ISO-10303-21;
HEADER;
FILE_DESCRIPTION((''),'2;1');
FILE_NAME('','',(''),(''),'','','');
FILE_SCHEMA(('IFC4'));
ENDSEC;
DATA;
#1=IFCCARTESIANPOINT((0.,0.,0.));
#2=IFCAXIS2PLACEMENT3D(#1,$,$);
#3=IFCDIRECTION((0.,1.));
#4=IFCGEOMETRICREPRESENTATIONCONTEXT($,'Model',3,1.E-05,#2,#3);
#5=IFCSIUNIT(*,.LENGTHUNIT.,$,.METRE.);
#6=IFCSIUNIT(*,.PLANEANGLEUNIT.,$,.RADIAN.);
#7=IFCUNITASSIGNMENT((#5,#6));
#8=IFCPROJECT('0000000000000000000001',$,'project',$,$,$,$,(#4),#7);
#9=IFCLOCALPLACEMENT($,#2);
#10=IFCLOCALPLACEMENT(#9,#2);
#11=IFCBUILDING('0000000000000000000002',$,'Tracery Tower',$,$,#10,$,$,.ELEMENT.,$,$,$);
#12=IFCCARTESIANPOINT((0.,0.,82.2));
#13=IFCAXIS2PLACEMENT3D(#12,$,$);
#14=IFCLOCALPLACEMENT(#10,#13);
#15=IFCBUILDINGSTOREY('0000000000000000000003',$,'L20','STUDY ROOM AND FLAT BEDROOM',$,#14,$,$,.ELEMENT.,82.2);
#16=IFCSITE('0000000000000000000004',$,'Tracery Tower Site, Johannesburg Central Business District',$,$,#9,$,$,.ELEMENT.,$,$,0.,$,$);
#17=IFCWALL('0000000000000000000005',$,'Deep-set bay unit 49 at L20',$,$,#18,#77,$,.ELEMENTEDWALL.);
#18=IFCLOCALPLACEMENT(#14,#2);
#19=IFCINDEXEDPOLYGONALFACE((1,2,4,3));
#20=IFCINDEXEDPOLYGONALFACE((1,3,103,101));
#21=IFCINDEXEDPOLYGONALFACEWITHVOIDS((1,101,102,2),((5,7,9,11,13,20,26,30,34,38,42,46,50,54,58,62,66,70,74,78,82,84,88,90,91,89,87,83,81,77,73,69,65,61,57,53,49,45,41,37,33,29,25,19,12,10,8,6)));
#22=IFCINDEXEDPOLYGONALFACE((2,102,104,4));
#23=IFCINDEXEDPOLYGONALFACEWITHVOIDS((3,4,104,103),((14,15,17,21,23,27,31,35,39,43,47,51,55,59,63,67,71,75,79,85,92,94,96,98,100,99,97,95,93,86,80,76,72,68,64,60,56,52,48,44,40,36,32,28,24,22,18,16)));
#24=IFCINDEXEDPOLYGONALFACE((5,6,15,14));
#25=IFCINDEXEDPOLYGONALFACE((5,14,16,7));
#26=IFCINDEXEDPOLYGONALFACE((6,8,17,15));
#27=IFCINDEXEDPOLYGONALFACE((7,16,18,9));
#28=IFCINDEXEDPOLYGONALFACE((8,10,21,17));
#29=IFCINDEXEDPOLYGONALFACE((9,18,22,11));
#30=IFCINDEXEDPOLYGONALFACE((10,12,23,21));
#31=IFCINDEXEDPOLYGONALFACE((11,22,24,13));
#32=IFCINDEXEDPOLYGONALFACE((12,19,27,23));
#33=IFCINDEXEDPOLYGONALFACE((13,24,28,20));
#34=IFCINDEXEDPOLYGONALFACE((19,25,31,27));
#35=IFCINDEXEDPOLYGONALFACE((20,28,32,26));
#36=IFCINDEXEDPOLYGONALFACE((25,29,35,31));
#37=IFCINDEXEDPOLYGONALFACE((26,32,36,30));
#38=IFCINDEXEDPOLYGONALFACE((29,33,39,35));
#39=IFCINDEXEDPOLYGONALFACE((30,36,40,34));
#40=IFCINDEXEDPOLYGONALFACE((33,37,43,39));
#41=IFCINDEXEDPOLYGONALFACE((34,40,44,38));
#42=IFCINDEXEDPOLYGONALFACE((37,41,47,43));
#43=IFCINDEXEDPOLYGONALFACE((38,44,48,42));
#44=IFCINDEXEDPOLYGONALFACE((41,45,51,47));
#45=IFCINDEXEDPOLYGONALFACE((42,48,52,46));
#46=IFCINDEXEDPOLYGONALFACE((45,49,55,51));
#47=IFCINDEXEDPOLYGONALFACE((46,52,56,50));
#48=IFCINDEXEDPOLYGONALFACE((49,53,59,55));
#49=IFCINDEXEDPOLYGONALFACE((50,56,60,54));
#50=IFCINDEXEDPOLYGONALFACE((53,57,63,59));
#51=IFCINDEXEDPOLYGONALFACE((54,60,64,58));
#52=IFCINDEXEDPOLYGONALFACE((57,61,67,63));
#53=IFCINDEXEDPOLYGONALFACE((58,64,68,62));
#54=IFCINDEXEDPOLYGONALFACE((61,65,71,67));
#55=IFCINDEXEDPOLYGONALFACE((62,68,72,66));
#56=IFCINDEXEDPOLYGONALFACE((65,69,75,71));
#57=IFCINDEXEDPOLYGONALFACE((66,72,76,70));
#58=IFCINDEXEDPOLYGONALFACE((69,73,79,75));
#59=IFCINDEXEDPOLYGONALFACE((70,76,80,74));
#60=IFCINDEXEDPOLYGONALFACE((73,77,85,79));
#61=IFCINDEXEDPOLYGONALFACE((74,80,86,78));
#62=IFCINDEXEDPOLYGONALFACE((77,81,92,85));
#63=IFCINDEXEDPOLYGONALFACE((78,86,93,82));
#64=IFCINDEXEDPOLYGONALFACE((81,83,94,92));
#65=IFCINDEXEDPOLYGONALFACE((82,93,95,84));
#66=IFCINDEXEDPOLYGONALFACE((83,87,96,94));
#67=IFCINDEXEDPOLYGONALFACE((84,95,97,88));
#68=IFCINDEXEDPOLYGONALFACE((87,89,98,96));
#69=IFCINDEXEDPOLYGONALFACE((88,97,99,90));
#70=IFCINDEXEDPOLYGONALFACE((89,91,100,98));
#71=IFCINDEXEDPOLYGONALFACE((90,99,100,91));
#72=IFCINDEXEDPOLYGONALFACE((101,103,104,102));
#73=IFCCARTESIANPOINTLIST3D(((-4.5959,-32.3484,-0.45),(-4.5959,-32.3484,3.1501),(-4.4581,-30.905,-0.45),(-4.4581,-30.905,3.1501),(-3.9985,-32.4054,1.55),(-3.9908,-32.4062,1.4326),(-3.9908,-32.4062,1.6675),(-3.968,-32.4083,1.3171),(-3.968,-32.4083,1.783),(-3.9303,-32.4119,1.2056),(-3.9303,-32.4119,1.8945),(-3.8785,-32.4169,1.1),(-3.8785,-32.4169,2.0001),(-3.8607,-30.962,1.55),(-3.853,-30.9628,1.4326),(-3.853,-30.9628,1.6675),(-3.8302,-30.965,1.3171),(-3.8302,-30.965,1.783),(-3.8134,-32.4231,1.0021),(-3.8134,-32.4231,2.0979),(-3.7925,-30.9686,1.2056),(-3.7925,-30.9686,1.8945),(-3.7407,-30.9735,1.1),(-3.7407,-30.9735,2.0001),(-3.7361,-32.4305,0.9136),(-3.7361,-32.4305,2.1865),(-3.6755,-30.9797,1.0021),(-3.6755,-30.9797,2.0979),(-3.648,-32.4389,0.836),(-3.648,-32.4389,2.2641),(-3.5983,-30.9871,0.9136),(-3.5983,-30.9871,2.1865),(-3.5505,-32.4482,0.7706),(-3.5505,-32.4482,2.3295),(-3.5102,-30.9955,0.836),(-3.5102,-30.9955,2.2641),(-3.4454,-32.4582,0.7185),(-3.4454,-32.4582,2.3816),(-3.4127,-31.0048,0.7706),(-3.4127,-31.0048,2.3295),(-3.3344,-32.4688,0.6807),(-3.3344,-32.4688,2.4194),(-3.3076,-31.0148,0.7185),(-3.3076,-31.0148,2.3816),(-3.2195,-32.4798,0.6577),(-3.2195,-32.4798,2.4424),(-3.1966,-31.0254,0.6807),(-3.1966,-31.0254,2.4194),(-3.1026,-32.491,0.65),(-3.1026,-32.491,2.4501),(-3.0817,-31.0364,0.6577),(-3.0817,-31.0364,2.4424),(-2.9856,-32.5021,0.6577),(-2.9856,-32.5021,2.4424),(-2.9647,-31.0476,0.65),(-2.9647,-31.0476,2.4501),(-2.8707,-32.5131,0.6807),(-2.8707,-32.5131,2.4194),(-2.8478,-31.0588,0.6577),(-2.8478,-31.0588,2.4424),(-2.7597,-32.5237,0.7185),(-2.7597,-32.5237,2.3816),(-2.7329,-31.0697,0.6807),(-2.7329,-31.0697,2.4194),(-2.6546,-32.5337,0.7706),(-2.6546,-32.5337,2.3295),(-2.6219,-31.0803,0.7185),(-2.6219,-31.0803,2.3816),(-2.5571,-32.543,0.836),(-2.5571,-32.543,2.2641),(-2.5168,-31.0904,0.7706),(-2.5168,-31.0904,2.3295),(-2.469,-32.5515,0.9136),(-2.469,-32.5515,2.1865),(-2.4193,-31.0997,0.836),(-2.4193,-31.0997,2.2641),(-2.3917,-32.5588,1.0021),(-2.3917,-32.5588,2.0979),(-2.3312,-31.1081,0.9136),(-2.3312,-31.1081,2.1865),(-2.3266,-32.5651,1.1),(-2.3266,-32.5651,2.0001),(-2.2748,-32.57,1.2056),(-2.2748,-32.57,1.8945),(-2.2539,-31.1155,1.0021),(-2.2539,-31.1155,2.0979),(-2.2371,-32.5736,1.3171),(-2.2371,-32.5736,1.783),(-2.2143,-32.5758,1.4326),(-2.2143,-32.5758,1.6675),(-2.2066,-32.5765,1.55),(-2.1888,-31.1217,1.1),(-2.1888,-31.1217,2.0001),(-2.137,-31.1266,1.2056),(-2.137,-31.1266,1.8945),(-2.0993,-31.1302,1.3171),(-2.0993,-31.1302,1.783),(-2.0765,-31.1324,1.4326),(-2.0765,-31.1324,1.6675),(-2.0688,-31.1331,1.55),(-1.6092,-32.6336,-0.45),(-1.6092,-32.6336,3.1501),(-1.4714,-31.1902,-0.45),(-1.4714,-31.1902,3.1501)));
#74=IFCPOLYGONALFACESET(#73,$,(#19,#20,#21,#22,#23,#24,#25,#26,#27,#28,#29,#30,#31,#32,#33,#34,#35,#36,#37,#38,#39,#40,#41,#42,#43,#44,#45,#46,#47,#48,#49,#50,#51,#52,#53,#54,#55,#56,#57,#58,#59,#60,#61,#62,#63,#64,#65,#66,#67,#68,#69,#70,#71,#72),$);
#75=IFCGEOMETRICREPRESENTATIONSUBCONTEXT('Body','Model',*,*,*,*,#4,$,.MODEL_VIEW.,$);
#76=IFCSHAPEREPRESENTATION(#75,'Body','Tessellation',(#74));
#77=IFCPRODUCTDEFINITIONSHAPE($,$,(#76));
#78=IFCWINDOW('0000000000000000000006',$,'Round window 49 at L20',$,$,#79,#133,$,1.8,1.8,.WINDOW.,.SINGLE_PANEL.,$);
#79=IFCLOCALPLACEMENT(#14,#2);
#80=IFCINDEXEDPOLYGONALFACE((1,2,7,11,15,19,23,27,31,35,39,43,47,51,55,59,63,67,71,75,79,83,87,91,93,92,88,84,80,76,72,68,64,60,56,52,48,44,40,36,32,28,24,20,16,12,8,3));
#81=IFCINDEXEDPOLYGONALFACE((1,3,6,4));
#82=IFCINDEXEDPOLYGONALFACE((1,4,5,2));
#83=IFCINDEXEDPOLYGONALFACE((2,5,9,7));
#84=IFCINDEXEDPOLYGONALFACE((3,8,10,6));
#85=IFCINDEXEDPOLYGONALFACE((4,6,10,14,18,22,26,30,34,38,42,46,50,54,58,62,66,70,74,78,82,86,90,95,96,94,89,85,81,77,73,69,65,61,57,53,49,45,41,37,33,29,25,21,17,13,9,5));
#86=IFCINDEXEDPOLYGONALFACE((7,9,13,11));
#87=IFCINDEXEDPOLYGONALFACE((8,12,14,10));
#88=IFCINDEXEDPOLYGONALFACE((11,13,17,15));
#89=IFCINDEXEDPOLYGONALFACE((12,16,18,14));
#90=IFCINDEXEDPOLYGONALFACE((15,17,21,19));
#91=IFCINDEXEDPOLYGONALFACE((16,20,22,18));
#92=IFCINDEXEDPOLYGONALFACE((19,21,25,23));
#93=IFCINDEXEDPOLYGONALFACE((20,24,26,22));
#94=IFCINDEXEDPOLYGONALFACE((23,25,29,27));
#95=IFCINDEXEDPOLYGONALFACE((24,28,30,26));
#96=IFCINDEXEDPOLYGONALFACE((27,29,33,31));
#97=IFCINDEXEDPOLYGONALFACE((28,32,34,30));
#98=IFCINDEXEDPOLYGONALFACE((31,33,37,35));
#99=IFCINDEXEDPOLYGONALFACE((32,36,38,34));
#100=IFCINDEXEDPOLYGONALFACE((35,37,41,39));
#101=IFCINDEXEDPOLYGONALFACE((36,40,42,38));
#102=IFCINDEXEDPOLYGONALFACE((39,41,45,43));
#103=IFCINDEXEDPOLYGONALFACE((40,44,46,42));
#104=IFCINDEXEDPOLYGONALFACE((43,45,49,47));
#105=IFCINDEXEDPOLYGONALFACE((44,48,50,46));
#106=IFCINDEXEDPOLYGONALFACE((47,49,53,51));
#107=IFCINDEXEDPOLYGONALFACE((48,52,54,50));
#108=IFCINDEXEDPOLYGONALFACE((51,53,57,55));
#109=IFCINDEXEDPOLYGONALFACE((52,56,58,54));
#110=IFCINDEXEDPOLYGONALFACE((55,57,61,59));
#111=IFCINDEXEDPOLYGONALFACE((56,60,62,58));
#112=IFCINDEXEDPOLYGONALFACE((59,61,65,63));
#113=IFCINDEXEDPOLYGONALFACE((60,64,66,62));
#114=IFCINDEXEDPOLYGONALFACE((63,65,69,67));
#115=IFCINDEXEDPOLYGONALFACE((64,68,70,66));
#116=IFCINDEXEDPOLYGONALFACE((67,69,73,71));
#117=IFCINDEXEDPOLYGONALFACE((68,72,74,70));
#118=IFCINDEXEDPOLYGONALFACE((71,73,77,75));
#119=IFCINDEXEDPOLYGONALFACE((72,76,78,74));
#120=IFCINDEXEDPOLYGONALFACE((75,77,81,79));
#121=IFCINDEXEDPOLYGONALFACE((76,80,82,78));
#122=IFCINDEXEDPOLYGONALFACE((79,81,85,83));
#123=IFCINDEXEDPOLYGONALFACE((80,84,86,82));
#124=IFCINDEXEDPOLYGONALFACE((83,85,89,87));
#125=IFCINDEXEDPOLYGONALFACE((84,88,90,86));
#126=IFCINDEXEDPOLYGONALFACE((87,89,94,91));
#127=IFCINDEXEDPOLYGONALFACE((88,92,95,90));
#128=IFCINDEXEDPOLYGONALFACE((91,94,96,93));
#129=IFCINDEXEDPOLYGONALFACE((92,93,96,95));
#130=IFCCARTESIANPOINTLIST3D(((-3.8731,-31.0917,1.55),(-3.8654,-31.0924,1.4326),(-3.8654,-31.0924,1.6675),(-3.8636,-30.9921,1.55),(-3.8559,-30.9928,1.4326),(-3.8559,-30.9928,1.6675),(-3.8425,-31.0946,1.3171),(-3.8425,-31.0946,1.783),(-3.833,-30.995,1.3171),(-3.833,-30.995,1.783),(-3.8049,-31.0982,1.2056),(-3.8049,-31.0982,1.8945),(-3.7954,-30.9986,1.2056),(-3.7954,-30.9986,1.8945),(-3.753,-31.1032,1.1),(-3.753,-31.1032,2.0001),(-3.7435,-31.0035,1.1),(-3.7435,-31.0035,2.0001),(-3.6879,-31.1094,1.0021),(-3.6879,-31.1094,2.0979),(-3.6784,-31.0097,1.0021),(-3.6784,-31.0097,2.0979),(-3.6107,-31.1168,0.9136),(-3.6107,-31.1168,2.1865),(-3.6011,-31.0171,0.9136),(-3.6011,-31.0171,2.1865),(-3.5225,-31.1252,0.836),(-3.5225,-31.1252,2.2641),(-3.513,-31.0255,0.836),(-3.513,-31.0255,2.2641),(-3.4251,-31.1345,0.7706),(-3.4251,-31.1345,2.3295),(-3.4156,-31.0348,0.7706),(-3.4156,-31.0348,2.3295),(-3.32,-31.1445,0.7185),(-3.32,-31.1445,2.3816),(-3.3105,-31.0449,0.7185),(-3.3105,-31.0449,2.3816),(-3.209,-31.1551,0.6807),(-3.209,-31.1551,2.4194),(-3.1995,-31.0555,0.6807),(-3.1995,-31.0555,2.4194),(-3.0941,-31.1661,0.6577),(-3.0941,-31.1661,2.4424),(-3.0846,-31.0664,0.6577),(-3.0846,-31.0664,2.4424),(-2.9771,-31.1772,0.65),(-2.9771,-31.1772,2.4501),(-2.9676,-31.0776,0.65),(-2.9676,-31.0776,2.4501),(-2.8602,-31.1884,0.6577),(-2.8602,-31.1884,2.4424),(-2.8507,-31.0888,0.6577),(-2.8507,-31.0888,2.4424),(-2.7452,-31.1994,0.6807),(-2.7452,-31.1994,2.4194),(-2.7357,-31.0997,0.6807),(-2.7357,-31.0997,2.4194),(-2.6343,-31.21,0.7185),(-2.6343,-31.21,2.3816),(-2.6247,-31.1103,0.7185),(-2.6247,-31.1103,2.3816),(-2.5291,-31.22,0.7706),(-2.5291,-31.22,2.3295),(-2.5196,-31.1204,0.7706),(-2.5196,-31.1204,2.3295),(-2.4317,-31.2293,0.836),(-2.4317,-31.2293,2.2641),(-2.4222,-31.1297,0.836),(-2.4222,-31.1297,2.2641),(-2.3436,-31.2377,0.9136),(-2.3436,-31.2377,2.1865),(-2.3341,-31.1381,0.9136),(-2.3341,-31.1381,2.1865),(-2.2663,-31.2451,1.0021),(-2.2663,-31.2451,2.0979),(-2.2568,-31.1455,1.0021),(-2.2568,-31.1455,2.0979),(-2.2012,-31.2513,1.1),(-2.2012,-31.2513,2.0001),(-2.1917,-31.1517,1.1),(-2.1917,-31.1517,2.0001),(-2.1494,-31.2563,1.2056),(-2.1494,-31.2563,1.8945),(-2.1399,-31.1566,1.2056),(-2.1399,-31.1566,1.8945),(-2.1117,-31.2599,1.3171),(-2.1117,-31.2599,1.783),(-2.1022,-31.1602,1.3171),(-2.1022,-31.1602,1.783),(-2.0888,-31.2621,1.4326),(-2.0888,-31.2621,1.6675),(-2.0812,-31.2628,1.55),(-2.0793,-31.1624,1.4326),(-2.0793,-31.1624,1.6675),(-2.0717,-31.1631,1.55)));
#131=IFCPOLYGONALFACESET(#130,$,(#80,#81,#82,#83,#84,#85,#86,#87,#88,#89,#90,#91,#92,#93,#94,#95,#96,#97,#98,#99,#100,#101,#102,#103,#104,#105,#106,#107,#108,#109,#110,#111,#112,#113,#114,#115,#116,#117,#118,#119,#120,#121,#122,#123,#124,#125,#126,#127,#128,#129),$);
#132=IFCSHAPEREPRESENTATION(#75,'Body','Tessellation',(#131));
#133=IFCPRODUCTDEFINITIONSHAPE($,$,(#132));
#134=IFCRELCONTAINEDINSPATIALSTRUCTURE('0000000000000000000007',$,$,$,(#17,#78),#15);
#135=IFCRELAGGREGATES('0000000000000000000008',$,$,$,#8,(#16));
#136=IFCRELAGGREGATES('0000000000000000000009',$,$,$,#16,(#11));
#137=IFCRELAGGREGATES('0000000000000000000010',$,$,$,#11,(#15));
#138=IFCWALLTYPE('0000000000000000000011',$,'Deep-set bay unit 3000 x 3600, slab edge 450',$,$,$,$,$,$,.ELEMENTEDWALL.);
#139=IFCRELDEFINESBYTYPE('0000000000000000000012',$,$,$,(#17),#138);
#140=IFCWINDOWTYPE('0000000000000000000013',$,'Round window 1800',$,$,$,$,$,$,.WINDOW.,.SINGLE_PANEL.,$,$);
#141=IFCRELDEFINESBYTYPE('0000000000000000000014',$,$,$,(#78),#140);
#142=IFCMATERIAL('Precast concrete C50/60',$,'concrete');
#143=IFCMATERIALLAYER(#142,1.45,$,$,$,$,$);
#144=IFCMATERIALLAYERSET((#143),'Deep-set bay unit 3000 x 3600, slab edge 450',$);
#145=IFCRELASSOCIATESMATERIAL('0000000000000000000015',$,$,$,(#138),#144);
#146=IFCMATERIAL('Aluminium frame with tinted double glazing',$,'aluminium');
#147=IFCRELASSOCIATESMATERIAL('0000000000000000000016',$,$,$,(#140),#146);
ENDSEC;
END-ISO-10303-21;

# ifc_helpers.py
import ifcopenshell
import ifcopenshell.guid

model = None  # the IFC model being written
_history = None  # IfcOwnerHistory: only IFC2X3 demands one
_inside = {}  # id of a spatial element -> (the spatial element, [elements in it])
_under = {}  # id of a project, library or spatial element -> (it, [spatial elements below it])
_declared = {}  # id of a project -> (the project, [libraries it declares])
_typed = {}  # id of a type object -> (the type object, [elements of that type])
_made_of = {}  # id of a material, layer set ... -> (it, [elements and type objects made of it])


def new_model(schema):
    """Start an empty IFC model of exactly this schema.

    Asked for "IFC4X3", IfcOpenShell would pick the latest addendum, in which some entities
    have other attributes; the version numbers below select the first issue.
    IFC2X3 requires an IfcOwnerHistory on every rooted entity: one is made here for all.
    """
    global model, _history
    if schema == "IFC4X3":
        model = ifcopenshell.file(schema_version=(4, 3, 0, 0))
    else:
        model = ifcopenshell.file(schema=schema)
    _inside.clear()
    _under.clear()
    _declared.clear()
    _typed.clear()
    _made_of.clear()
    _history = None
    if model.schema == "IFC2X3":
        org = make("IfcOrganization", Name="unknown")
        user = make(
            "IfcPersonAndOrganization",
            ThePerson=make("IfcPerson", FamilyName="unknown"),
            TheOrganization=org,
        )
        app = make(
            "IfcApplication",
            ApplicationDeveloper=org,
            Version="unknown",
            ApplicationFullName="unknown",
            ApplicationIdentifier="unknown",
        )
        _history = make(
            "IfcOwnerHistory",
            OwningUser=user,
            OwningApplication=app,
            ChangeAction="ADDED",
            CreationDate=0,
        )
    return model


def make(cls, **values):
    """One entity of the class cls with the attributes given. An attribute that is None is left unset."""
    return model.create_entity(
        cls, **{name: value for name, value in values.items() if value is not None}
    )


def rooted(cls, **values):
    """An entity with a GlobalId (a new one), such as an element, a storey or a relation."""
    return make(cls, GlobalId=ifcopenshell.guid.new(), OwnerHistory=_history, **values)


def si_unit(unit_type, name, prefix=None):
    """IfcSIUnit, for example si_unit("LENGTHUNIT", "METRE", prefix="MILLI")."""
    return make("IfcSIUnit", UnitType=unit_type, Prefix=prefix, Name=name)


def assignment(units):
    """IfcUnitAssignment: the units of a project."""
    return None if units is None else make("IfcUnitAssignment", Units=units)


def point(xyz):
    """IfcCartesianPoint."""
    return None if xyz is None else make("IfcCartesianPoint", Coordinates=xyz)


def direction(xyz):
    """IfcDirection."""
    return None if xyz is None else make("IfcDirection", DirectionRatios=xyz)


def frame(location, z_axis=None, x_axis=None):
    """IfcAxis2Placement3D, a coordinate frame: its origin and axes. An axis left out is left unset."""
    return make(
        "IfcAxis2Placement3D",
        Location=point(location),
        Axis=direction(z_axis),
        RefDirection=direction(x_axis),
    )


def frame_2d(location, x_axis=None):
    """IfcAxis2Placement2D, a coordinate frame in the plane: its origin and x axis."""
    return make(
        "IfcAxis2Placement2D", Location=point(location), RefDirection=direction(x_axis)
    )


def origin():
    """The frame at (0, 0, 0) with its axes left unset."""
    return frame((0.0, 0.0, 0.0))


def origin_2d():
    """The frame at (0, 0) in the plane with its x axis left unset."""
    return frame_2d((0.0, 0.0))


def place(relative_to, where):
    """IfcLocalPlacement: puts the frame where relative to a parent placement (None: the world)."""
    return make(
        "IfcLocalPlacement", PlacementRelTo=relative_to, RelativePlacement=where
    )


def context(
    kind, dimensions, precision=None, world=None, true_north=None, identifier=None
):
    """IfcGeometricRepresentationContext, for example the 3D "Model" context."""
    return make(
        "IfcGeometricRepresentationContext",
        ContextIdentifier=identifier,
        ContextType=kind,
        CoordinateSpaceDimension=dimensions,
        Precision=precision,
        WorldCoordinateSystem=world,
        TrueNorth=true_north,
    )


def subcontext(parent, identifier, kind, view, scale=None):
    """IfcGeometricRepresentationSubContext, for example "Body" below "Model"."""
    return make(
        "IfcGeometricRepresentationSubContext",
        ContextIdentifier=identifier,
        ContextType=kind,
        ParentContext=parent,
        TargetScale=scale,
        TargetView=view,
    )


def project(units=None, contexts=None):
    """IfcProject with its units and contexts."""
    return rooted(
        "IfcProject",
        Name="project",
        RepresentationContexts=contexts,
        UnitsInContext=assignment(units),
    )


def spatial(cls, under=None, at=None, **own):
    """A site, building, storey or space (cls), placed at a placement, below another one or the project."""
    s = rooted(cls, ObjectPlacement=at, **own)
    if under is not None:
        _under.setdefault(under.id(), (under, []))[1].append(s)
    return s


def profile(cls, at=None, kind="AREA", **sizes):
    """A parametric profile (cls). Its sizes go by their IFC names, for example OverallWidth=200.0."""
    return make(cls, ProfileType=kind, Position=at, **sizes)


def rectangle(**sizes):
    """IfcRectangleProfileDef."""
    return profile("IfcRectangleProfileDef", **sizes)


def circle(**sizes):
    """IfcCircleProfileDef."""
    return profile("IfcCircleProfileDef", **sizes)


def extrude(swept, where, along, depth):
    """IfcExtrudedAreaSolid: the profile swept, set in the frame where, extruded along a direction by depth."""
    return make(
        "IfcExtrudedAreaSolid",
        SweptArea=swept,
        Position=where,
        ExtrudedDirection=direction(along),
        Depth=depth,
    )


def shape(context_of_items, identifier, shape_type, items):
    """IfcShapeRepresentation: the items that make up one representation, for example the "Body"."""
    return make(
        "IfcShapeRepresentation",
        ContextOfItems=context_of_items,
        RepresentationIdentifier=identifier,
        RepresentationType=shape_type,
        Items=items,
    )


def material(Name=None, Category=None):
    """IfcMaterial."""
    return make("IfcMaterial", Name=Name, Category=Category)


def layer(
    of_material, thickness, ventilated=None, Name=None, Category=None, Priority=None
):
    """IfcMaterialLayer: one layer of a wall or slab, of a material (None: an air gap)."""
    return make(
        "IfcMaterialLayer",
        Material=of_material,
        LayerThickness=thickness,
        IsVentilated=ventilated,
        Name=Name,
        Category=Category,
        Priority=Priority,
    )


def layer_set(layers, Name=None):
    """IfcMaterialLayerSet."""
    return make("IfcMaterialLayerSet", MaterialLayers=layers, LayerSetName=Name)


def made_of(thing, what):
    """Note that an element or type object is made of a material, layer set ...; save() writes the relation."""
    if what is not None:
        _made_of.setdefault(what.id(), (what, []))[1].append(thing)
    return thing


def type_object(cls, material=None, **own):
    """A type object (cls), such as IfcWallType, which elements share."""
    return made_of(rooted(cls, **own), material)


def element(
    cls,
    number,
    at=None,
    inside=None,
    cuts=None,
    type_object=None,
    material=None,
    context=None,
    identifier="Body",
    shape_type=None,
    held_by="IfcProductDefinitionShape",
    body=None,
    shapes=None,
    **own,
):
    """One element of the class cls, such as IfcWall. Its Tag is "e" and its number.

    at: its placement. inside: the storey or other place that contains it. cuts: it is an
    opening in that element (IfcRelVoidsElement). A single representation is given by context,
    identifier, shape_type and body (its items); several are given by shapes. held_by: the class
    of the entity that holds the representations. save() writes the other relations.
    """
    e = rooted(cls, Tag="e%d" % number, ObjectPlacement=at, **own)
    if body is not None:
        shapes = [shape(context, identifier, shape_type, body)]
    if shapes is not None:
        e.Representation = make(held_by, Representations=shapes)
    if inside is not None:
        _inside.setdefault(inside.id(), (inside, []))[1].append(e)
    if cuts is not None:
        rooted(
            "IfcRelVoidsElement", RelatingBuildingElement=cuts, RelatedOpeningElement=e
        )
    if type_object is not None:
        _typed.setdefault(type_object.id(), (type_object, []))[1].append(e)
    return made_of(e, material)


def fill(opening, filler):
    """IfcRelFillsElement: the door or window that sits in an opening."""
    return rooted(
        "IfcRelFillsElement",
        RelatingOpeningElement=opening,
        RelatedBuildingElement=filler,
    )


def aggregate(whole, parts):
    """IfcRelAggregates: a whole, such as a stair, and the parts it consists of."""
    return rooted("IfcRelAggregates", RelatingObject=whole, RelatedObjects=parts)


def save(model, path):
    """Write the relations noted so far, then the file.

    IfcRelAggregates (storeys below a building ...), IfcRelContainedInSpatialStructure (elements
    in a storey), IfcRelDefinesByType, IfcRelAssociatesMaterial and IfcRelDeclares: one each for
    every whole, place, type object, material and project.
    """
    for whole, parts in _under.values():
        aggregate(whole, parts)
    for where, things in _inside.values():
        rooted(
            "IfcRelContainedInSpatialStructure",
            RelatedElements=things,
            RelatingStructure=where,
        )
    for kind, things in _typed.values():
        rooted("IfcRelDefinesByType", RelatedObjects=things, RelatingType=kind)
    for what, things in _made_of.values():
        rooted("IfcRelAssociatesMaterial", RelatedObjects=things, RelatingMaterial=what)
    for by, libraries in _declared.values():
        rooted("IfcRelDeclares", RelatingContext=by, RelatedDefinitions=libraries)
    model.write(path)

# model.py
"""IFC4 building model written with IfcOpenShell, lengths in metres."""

from ifc_helpers import new_model, si_unit, direction, frame, frame_2d, origin, origin_2d, place, context, subcontext, project, spatial, rectangle, circle, extrude, material, layer, layer_set, type_object, element, fill, save


model = new_model("IFC4")

# Units and contexts
model_context = context("Model", 3, precision=1e-05, world=origin(), true_north=direction((0.0, 1.0)))
body_context = subcontext(model_context, "Body", "Model", "MODEL_VIEW")
ifc_project = project(units=[si_unit("LENGTHUNIT", "METRE"), si_unit("PLANEANGLEUNIT", "RADIAN")], contexts=[model_context])

# Site, building, storey
site_placement = place(None, origin())
site = spatial("IfcSite", under=ifc_project, at=site_placement, Name="Tracery Tower Site, Johannesburg Central Business District", CompositionType="ELEMENT", RefElevation=0.0)
building_placement = place(site_placement, origin())
building = spatial("IfcBuilding", under=site, at=building_placement, Name="Tracery Tower", CompositionType="ELEMENT")
storey_placement = place(building_placement, frame((0.0, 0.0, 82.2)))
storey = spatial("IfcBuildingStorey", under=building, at=storey_placement, Name="L20", Description="STUDY ROOM AND FLAT BEDROOM", CompositionType="ELEMENT", Elevation=82.2)

# Wall, opening, window
ifc_material_1 = material(Name="Precast concrete C50/60", Category="concrete")
ifc_layer_1 = layer(ifc_material_1, 1.45)
ifc_layer_set_1 = layer_set([ifc_layer_1], Name="Deep-set bay unit 3000 x 3600, slab edge 450")
wall_type_1 = type_object("IfcWallType", Name="Deep-set bay unit 3000 x 3600, slab edge 450", PredefinedType="ELEMENTEDWALL", material=ifc_layer_set_1)
ifc_material_2 = material(Name="Aluminium frame with tinted double glazing", Category="aluminium")
window_type = type_object("IfcWindowType", Name="Round window 1800", PartitioningType="SINGLE_PANEL", PredefinedType="WINDOW", material=ifc_material_2)
wall_1_placement = place(storey_placement, frame((-4.5269, -31.6267, -0.45), z_axis=(0.0, 0.0, 1.0), x_axis=(0.995473, -0.095047, 0.0)))
wall_1 = element("IfcWall", 1, at=wall_1_placement, inside=storey, type_object=wall_type_1, Name="Deep-set bay unit 49 at L20", PredefinedType="ELEMENTEDWALL", context=body_context, shape_type="SweptSolid", body=[
    extrude(rectangle(XDim=3.0002, YDim=1.45, at=frame_2d((1.5, 0.0))), origin(), (0.0, 0.0, 1.0), 3.6001),
])
opening_1_placement = place(wall_1_placement, frame((1.5, 0.0, 2.0)))
opening_1 = element("IfcOpeningElement", 2, at=opening_1_placement, cuts=wall_1, PredefinedType="OPENING", context=body_context, shape_type="SweptSolid", body=[
    extrude(circle(Radius=0.9, at=origin_2d()), frame((0.0, 0.7349, 0.0), z_axis=(0.0, -1.0, 0.0), x_axis=(1.0, 0.0, 0.0)), (0.0, 0.0, 1.0), 1.47),
])
window_1_placement = place(opening_1_placement, origin())
window_1 = element("IfcWindow", 3, at=window_1_placement, inside=storey, type_object=window_type, Name="Round window 49 at L20", OverallHeight=1.8, OverallWidth=1.8, PartitioningType="SINGLE_PANEL", PredefinedType="WINDOW", context=body_context, shape_type="SweptSolid", body=[
    extrude(circle(Radius=0.9, at=origin_2d()), frame((0.0, 0.6948, 0.0), z_axis=(0.0, -1.0, 0.0), x_axis=(1.0, 0.0, 0.0)), (0.0, 0.0, 1.0), 0.1001),
])
fill(opening_1, window_1)

save(model, "model.ifc")
